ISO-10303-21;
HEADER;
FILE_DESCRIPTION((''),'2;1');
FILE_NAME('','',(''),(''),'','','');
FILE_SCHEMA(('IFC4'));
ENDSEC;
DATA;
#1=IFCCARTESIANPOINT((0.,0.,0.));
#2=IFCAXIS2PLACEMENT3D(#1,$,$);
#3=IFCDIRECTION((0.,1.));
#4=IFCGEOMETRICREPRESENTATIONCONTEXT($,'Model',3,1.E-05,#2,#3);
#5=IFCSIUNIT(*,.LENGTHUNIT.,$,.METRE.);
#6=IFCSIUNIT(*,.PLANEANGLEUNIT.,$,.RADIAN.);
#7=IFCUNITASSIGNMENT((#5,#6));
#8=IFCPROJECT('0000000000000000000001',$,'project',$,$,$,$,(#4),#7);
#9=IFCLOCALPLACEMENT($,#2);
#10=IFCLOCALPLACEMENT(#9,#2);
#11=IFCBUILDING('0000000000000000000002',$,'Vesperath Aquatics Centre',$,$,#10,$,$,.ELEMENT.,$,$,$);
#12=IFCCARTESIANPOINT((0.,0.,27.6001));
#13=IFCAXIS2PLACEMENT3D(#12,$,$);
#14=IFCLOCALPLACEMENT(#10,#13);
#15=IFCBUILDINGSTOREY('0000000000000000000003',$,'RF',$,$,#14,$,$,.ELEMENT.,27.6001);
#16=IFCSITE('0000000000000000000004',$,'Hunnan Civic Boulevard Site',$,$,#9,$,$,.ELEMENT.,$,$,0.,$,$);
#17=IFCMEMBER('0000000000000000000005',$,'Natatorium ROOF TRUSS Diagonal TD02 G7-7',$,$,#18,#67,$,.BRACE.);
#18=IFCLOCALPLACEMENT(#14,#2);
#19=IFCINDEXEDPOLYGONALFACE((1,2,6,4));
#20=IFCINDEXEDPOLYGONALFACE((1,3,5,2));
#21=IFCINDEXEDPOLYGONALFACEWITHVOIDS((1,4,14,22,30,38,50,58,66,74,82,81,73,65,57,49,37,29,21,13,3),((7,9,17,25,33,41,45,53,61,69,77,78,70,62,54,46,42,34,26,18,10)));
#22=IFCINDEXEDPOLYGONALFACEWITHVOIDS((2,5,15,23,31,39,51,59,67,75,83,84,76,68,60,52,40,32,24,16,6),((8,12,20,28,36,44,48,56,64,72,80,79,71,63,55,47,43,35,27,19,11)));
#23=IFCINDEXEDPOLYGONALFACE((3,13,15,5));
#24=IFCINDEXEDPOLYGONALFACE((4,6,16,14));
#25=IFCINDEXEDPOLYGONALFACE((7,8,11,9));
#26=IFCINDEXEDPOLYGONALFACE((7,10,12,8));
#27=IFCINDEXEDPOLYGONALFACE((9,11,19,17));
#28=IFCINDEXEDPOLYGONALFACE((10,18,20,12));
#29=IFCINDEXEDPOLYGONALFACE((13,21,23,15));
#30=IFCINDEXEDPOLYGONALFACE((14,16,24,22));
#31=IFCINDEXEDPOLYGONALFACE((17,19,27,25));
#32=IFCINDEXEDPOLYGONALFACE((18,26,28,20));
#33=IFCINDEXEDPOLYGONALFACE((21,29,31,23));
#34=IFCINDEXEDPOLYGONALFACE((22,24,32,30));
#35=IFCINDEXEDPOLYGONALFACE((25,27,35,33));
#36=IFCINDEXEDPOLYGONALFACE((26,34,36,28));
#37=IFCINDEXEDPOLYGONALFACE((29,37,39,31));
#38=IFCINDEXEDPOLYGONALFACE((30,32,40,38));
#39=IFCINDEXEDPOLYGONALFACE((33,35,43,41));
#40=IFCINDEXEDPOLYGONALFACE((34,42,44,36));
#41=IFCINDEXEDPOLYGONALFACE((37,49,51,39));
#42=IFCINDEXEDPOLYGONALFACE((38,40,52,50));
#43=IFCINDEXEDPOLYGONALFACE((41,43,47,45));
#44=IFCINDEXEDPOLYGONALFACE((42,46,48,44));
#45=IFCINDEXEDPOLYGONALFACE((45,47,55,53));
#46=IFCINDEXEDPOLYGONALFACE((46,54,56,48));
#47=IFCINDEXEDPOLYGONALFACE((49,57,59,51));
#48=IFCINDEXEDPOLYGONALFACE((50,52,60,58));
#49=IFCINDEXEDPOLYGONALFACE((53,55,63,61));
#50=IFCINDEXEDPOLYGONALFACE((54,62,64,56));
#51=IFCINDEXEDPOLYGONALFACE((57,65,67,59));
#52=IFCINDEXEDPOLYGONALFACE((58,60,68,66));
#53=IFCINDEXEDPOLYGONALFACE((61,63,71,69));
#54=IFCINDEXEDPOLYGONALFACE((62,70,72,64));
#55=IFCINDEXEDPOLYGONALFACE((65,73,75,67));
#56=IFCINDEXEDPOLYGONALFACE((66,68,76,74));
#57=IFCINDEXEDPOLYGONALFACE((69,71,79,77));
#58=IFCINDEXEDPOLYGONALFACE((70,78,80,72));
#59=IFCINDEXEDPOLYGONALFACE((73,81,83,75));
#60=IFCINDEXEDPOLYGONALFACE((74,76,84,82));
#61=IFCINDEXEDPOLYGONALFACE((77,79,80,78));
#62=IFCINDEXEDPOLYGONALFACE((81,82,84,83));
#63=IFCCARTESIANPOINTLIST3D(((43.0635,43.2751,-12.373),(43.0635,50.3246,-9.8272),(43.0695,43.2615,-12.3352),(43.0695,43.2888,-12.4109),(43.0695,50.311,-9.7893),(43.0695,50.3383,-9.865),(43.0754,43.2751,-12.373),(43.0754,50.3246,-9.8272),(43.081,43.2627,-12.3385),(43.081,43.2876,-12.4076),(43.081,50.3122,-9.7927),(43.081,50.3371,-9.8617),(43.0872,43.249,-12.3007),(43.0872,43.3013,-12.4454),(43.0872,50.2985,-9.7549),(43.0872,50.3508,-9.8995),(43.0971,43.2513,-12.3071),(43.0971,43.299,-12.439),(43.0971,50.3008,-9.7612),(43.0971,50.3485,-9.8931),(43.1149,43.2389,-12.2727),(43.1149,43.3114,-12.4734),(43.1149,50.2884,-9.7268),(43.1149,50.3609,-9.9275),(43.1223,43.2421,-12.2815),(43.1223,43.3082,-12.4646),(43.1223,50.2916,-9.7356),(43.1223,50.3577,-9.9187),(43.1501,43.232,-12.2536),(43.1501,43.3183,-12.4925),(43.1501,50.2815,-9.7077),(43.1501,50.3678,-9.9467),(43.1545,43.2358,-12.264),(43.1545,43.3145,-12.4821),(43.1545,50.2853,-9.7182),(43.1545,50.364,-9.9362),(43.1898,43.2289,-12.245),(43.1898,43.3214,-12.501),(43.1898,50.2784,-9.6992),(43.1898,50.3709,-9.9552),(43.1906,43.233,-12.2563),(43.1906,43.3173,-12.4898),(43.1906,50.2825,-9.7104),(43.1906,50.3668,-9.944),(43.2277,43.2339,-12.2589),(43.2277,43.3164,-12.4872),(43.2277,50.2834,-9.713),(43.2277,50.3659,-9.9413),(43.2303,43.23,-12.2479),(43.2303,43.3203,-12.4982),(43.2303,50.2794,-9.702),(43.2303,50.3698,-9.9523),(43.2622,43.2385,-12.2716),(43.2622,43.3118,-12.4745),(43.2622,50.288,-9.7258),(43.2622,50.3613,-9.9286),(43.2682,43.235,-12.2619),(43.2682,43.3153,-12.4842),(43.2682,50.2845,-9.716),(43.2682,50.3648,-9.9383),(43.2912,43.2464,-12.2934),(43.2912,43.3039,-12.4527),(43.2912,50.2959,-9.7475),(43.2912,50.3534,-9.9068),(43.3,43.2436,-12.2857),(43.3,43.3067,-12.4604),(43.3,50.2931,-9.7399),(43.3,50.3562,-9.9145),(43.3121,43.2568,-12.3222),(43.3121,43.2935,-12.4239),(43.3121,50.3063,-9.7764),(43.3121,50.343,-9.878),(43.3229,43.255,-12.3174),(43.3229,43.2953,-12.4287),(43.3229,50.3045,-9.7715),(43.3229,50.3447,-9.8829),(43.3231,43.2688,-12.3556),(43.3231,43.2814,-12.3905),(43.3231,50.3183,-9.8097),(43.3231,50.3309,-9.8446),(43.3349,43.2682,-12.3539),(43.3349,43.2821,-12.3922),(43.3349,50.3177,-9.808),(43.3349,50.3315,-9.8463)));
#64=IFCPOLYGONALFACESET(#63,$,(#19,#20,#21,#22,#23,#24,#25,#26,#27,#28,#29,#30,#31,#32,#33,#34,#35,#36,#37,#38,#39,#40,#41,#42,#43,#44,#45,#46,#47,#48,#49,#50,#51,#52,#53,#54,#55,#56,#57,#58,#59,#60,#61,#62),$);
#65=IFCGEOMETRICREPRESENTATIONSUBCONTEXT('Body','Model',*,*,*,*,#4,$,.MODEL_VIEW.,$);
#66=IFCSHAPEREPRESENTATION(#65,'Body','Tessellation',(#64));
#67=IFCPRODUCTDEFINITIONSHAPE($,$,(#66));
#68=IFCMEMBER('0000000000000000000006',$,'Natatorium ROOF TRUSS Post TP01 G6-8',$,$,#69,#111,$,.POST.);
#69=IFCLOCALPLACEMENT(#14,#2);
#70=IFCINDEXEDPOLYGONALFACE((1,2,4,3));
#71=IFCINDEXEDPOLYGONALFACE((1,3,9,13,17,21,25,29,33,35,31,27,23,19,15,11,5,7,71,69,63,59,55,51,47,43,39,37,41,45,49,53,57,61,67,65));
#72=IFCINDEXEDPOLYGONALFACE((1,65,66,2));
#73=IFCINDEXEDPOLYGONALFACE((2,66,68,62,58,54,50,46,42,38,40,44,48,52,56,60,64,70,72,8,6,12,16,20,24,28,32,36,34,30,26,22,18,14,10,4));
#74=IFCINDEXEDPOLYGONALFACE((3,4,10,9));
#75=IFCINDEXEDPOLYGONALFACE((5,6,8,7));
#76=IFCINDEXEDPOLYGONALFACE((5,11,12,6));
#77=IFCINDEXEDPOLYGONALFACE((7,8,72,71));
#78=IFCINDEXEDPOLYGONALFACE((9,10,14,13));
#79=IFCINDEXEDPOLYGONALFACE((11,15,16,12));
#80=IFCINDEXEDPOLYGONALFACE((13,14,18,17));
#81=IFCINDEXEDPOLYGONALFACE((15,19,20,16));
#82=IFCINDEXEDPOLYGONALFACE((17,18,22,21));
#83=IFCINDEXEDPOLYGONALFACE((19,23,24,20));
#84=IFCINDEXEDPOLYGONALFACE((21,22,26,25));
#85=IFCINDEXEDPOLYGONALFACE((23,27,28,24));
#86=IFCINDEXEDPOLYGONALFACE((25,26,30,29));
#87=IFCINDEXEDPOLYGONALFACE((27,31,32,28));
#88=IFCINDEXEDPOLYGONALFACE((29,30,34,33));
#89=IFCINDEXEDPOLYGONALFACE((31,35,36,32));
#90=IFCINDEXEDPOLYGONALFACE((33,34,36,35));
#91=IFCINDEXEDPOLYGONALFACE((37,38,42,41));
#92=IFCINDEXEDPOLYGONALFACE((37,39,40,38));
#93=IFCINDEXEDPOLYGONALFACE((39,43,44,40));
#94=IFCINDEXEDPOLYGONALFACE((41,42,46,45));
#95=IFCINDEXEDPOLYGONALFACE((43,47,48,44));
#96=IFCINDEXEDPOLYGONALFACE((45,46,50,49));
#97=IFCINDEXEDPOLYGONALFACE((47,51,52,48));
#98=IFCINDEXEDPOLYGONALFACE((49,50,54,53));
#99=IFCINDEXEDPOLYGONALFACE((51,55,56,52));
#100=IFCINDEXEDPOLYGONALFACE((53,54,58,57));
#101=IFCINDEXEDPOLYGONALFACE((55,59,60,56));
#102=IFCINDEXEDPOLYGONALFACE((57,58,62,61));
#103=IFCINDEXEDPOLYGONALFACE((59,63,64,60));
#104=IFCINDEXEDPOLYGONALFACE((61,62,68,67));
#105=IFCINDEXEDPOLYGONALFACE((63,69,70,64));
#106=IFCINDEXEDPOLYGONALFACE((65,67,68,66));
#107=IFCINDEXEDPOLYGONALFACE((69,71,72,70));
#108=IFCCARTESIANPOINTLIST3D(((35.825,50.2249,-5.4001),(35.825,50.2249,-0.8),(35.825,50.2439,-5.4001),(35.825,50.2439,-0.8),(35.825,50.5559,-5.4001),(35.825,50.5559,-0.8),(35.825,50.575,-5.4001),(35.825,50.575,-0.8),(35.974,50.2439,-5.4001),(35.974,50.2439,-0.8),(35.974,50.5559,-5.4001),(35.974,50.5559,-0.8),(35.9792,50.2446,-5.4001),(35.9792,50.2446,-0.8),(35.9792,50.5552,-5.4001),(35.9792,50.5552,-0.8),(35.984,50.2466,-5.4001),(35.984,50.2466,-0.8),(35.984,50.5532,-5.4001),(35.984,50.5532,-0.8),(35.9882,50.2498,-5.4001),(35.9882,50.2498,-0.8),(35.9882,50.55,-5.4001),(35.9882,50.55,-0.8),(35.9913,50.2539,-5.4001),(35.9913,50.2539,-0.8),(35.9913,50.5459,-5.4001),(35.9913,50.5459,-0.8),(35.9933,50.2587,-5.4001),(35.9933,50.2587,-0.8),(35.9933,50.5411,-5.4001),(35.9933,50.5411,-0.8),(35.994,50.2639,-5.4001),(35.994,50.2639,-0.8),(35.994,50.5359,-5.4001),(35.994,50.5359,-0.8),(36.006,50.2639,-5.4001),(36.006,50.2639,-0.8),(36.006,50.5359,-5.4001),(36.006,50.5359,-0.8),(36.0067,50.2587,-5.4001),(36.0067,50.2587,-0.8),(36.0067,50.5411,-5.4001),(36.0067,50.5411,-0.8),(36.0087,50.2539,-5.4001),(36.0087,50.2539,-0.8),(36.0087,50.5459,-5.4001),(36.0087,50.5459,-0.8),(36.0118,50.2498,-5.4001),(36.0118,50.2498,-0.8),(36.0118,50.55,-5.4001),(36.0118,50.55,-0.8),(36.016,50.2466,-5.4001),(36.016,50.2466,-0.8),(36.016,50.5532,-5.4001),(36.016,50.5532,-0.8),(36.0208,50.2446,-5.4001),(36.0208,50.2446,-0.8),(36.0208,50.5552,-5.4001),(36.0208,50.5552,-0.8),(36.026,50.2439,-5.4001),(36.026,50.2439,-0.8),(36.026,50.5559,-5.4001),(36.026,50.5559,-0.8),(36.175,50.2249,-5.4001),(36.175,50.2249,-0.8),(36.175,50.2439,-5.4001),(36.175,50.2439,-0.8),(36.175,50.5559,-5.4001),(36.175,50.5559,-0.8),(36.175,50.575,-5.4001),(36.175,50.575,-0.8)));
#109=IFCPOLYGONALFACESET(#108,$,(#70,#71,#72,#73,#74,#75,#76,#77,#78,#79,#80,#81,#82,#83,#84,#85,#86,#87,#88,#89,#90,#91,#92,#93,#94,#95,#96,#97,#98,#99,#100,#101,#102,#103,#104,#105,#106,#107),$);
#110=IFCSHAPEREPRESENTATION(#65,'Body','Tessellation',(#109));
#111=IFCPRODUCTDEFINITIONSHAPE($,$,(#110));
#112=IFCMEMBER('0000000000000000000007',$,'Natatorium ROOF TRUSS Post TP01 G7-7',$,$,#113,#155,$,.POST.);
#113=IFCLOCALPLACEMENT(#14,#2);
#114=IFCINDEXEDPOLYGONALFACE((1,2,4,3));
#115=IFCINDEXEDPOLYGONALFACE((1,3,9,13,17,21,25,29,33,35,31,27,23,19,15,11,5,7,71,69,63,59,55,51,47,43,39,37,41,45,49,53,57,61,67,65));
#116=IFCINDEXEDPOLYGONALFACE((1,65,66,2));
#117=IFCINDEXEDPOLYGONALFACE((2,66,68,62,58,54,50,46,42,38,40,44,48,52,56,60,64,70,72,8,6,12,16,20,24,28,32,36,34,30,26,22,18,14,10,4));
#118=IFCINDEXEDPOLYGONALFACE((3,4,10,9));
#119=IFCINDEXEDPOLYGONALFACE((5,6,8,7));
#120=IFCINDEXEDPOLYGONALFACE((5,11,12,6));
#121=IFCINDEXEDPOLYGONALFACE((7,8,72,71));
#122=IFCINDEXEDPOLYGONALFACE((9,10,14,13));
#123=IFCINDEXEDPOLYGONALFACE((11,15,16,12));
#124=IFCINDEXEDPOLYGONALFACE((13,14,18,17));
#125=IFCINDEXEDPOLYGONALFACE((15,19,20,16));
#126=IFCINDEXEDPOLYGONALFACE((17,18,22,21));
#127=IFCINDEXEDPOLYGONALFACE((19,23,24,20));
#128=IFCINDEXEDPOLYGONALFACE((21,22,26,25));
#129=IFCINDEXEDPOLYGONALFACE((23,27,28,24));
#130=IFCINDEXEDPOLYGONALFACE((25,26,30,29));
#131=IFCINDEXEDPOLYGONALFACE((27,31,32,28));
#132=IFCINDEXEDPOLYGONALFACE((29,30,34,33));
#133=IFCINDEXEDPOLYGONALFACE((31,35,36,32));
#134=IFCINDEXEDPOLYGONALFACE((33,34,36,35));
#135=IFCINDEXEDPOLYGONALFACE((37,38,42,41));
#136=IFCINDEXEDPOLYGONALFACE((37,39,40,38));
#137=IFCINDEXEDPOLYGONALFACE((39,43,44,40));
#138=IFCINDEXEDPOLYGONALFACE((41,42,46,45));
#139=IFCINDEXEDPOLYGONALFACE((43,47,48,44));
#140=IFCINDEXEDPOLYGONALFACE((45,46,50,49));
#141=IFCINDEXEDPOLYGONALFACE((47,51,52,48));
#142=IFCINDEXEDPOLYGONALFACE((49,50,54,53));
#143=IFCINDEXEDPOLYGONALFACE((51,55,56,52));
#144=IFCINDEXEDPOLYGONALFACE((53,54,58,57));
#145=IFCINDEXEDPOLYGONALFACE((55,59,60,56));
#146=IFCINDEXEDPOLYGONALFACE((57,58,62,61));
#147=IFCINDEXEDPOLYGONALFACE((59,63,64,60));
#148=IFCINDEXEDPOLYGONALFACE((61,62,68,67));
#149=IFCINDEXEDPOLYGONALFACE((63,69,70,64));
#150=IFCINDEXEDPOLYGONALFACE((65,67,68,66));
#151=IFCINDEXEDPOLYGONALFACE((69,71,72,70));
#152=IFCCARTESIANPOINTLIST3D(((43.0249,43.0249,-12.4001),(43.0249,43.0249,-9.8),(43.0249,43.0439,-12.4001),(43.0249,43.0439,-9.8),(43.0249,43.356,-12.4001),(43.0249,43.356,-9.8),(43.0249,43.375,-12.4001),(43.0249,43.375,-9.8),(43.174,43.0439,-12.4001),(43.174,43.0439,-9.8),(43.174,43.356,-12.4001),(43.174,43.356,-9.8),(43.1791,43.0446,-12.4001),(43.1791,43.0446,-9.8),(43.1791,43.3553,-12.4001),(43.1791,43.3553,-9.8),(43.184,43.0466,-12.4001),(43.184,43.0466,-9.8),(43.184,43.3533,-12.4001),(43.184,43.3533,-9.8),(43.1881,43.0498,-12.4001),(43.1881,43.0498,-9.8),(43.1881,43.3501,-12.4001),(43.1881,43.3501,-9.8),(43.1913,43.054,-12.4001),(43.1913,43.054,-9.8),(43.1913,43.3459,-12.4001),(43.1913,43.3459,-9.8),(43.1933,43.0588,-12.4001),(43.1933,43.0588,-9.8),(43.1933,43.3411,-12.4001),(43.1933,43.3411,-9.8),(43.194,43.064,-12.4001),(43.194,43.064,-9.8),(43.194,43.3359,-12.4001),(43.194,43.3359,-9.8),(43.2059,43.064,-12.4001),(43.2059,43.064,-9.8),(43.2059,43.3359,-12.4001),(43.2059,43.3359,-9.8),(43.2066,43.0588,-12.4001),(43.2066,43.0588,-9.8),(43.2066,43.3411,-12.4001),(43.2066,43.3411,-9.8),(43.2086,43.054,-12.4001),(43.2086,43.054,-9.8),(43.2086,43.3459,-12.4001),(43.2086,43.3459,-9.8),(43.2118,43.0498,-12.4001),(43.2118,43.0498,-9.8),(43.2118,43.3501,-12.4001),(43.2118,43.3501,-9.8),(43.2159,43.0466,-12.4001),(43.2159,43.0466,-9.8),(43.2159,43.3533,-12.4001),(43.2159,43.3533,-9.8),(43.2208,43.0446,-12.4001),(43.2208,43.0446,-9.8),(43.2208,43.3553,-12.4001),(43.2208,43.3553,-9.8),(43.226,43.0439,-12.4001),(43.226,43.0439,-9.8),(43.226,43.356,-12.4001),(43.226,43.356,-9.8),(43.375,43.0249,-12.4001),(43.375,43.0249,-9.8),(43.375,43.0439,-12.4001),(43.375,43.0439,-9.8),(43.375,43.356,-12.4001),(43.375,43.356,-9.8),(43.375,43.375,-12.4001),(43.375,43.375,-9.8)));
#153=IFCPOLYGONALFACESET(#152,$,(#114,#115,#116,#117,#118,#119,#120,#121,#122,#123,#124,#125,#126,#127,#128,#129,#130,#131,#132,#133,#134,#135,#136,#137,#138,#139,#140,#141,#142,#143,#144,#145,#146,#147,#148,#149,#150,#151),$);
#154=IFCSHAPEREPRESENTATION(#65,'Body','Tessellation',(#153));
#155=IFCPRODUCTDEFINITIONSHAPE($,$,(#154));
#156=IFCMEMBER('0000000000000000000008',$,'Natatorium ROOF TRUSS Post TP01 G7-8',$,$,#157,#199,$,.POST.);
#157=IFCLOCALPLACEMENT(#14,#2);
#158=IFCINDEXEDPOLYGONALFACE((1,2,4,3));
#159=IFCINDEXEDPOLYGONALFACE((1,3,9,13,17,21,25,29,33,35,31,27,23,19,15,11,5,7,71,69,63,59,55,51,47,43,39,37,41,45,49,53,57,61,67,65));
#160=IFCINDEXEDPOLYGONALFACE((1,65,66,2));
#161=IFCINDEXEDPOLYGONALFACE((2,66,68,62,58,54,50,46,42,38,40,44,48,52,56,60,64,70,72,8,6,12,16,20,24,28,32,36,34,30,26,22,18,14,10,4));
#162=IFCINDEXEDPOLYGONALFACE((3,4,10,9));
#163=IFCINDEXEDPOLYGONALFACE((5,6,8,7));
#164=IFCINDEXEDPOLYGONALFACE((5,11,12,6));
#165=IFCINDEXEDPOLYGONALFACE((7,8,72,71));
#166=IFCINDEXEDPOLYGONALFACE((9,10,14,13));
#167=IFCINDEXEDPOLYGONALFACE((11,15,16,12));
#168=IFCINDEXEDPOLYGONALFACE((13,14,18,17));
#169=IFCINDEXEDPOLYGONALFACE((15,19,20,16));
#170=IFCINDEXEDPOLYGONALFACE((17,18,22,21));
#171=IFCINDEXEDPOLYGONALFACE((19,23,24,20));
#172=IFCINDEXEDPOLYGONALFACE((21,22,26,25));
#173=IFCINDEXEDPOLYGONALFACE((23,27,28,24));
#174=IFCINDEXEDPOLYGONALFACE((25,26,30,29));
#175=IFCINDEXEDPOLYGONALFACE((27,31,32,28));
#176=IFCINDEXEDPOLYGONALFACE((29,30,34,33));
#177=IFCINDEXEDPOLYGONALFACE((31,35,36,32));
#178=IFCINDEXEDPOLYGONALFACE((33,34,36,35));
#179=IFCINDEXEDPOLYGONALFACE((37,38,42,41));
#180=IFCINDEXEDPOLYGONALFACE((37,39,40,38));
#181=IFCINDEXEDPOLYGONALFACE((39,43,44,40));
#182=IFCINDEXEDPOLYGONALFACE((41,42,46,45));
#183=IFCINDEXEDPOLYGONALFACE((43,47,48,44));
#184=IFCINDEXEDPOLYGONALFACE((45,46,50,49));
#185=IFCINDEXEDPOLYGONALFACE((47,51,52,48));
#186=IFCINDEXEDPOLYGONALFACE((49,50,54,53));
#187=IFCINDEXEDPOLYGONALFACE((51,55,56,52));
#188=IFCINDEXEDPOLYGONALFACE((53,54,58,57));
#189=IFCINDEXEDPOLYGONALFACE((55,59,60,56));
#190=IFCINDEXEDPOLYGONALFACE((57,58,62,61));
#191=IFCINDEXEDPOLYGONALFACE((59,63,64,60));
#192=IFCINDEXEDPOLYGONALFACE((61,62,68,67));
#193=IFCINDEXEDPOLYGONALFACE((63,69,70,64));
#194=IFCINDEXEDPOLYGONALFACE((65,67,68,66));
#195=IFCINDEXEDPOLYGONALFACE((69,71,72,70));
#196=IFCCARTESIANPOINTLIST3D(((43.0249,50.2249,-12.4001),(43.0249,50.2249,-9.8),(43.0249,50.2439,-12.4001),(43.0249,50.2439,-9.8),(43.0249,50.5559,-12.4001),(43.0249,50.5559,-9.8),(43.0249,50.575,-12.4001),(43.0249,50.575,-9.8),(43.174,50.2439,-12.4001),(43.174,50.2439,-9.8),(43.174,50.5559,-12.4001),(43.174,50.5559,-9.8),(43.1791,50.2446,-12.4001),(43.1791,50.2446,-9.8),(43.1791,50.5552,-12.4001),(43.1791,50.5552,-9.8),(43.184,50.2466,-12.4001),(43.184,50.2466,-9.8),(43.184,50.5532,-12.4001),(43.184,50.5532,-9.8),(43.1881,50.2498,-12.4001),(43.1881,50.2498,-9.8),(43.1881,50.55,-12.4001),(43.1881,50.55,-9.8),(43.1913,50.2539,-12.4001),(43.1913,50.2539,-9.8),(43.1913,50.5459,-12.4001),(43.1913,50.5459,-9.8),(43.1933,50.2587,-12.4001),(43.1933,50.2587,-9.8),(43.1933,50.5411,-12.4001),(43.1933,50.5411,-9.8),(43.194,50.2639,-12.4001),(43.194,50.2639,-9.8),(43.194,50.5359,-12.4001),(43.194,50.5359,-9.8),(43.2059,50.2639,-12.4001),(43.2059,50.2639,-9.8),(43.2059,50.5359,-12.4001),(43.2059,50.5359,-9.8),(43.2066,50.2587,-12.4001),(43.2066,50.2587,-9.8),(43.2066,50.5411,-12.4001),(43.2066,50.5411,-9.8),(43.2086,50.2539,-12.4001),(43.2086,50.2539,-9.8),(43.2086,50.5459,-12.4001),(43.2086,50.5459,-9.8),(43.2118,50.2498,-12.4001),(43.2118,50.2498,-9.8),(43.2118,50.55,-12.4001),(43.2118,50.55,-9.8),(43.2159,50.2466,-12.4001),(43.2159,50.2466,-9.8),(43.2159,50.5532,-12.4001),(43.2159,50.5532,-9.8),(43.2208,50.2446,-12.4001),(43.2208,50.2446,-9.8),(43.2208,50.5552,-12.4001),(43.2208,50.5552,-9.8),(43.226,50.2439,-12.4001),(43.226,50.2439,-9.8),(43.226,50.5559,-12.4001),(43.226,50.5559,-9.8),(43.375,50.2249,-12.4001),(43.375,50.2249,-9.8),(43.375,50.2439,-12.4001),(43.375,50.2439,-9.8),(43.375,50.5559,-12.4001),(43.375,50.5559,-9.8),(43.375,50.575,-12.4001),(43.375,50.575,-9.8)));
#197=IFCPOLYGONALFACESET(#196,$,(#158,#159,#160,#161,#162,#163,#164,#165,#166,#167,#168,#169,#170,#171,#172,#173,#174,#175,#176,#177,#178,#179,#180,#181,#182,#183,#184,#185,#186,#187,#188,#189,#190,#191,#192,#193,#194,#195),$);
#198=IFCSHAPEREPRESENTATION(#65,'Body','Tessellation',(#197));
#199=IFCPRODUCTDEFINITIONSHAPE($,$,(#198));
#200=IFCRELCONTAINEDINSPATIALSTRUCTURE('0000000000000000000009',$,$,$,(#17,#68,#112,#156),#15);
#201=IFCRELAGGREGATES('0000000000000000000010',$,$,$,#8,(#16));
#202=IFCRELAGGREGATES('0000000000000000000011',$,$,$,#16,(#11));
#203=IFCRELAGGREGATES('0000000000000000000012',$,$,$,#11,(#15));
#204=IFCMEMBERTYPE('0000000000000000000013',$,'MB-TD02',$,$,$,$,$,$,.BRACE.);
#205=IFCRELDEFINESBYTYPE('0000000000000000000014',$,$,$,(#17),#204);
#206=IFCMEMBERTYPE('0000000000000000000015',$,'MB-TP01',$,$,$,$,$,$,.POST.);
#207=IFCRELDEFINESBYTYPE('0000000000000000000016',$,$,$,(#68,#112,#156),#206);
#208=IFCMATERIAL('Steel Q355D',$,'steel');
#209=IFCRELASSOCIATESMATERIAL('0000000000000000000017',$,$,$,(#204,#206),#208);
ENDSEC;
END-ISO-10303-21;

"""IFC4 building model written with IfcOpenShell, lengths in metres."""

from ifc_helpers import new_model, si_unit, direction, frame, origin, origin_2d, place, context, subcontext, project, spatial, hollow_circle, i_section, extrude, material, material_profile, profile_set, type_object, element, save


model = new_model("IFC4")

# Units and contexts
model_context = context("Model", 3, precision=1e-05, world=origin(), true_north=direction((0.0, 1.0)))
body_context = subcontext(model_context, "Body", "Model", "MODEL_VIEW")
ifc_project = project(units=[si_unit("LENGTHUNIT", "METRE"), si_unit("PLANEANGLEUNIT", "RADIAN")], contexts=[model_context])

# Site, building, storey
site_placement = place(None, origin())
site = spatial("IfcSite", under=ifc_project, at=site_placement, Name="Hunnan Civic Boulevard Site", CompositionType="ELEMENT", RefElevation=0.0)
building_placement = place(site_placement, origin())
building = spatial("IfcBuilding", under=site, at=building_placement, Name="Vesperath Aquatics Centre", CompositionType="ELEMENT")
storey_placement = place(building_placement, frame((0.0, 0.0, 27.6001)))
storey = spatial("IfcBuildingStorey", under=building, at=storey_placement, Name="RF", CompositionType="ELEMENT", Elevation=27.6001)

# Members
ifc_material_1 = material(Name="Steel Q355D", Category="steel")
ifc_material_profile_1 = material_profile(ifc_material_1, hollow_circle(Radius=0.1365, WallThickness=0.012, at=origin_2d()), Name="CHS 273.0x12")
ifc_profile_set_1 = profile_set([ifc_material_profile_1], Name="Steel Q355D")
member_type_1 = type_object("IfcMemberType", Name="MB-TD02", PredefinedType="BRACE", material=ifc_profile_set_1)
member_1_placement = place(storey_placement, frame((43.2, 43.2751, -12.373), z_axis=(0.0, 0.940544, 0.339671), x_axis=(-1.0, 0.0, 0.0)))
element("IfcMember", 1, at=member_1_placement, inside=storey, type_object=member_type_1, Name="Natatorium ROOF TRUSS Diagonal TD02 G7-7", PredefinedType="BRACE", context=body_context, shape_type="SweptSolid", body=[
    extrude(hollow_circle(Radius=0.1365, WallThickness=0.012, at=origin_2d()), origin(), (0.0, 0.0, 1.0), 7.4951),
])
ifc_material_profile_2 = material_profile(ifc_material_1, i_section(OverallWidth=0.3501, OverallDepth=0.3501, WebThickness=0.012, FlangeThickness=0.019, FilletRadius=0.02, at=origin_2d()), Name="HW 350x350x12x19")
ifc_profile_set_2 = profile_set([ifc_material_profile_2], Name="Steel Q355D")
member_type_2 = type_object("IfcMemberType", Name="MB-TP01", PredefinedType="POST", material=ifc_profile_set_2)
member_2_placement = place(storey_placement, frame((36.0, 50.3999, -5.4001), z_axis=(0.0, 0.0, 1.0), x_axis=(1.0, 0.0, 0.0)))
element("IfcMember", 2, at=member_2_placement, inside=storey, type_object=member_type_2, Name="Natatorium ROOF TRUSS Post TP01 G6-8", PredefinedType="POST", context=body_context, shape_type="SweptSolid", body=[
    extrude(i_section(OverallWidth=0.3501, OverallDepth=0.3501, WebThickness=0.012, FlangeThickness=0.019, FilletRadius=0.02, at=origin_2d()), origin(), (0.0, 0.0, 1.0), 4.6001),
])
for number, where, z_axis, x_axis, name in (
    (3, (43.2, 43.2, -12.4001), (0.0, 0.0, 1.0), (1.0, 0.0, 0.0), "Natatorium ROOF TRUSS Post TP01 G7-7"),
    (4, (43.2, 50.3999, -12.4001), (0.0, 0.0, 1.0), (1.0, 0.0, 0.0), "Natatorium ROOF TRUSS Post TP01 G7-8"),
):
    element("IfcMember", number, at=place(storey_placement, frame(where, z_axis=z_axis, x_axis=x_axis)), inside=storey, type_object=member_type_2, Name=name, PredefinedType="POST", context=body_context, shape_type="SweptSolid", body=[
        extrude(i_section(OverallWidth=0.3501, OverallDepth=0.3501, WebThickness=0.012, FlangeThickness=0.019, FilletRadius=0.02, at=origin_2d()), origin(), (0.0, 0.0, 1.0), 2.6001),
    ])

save(model, "model.ifc")
